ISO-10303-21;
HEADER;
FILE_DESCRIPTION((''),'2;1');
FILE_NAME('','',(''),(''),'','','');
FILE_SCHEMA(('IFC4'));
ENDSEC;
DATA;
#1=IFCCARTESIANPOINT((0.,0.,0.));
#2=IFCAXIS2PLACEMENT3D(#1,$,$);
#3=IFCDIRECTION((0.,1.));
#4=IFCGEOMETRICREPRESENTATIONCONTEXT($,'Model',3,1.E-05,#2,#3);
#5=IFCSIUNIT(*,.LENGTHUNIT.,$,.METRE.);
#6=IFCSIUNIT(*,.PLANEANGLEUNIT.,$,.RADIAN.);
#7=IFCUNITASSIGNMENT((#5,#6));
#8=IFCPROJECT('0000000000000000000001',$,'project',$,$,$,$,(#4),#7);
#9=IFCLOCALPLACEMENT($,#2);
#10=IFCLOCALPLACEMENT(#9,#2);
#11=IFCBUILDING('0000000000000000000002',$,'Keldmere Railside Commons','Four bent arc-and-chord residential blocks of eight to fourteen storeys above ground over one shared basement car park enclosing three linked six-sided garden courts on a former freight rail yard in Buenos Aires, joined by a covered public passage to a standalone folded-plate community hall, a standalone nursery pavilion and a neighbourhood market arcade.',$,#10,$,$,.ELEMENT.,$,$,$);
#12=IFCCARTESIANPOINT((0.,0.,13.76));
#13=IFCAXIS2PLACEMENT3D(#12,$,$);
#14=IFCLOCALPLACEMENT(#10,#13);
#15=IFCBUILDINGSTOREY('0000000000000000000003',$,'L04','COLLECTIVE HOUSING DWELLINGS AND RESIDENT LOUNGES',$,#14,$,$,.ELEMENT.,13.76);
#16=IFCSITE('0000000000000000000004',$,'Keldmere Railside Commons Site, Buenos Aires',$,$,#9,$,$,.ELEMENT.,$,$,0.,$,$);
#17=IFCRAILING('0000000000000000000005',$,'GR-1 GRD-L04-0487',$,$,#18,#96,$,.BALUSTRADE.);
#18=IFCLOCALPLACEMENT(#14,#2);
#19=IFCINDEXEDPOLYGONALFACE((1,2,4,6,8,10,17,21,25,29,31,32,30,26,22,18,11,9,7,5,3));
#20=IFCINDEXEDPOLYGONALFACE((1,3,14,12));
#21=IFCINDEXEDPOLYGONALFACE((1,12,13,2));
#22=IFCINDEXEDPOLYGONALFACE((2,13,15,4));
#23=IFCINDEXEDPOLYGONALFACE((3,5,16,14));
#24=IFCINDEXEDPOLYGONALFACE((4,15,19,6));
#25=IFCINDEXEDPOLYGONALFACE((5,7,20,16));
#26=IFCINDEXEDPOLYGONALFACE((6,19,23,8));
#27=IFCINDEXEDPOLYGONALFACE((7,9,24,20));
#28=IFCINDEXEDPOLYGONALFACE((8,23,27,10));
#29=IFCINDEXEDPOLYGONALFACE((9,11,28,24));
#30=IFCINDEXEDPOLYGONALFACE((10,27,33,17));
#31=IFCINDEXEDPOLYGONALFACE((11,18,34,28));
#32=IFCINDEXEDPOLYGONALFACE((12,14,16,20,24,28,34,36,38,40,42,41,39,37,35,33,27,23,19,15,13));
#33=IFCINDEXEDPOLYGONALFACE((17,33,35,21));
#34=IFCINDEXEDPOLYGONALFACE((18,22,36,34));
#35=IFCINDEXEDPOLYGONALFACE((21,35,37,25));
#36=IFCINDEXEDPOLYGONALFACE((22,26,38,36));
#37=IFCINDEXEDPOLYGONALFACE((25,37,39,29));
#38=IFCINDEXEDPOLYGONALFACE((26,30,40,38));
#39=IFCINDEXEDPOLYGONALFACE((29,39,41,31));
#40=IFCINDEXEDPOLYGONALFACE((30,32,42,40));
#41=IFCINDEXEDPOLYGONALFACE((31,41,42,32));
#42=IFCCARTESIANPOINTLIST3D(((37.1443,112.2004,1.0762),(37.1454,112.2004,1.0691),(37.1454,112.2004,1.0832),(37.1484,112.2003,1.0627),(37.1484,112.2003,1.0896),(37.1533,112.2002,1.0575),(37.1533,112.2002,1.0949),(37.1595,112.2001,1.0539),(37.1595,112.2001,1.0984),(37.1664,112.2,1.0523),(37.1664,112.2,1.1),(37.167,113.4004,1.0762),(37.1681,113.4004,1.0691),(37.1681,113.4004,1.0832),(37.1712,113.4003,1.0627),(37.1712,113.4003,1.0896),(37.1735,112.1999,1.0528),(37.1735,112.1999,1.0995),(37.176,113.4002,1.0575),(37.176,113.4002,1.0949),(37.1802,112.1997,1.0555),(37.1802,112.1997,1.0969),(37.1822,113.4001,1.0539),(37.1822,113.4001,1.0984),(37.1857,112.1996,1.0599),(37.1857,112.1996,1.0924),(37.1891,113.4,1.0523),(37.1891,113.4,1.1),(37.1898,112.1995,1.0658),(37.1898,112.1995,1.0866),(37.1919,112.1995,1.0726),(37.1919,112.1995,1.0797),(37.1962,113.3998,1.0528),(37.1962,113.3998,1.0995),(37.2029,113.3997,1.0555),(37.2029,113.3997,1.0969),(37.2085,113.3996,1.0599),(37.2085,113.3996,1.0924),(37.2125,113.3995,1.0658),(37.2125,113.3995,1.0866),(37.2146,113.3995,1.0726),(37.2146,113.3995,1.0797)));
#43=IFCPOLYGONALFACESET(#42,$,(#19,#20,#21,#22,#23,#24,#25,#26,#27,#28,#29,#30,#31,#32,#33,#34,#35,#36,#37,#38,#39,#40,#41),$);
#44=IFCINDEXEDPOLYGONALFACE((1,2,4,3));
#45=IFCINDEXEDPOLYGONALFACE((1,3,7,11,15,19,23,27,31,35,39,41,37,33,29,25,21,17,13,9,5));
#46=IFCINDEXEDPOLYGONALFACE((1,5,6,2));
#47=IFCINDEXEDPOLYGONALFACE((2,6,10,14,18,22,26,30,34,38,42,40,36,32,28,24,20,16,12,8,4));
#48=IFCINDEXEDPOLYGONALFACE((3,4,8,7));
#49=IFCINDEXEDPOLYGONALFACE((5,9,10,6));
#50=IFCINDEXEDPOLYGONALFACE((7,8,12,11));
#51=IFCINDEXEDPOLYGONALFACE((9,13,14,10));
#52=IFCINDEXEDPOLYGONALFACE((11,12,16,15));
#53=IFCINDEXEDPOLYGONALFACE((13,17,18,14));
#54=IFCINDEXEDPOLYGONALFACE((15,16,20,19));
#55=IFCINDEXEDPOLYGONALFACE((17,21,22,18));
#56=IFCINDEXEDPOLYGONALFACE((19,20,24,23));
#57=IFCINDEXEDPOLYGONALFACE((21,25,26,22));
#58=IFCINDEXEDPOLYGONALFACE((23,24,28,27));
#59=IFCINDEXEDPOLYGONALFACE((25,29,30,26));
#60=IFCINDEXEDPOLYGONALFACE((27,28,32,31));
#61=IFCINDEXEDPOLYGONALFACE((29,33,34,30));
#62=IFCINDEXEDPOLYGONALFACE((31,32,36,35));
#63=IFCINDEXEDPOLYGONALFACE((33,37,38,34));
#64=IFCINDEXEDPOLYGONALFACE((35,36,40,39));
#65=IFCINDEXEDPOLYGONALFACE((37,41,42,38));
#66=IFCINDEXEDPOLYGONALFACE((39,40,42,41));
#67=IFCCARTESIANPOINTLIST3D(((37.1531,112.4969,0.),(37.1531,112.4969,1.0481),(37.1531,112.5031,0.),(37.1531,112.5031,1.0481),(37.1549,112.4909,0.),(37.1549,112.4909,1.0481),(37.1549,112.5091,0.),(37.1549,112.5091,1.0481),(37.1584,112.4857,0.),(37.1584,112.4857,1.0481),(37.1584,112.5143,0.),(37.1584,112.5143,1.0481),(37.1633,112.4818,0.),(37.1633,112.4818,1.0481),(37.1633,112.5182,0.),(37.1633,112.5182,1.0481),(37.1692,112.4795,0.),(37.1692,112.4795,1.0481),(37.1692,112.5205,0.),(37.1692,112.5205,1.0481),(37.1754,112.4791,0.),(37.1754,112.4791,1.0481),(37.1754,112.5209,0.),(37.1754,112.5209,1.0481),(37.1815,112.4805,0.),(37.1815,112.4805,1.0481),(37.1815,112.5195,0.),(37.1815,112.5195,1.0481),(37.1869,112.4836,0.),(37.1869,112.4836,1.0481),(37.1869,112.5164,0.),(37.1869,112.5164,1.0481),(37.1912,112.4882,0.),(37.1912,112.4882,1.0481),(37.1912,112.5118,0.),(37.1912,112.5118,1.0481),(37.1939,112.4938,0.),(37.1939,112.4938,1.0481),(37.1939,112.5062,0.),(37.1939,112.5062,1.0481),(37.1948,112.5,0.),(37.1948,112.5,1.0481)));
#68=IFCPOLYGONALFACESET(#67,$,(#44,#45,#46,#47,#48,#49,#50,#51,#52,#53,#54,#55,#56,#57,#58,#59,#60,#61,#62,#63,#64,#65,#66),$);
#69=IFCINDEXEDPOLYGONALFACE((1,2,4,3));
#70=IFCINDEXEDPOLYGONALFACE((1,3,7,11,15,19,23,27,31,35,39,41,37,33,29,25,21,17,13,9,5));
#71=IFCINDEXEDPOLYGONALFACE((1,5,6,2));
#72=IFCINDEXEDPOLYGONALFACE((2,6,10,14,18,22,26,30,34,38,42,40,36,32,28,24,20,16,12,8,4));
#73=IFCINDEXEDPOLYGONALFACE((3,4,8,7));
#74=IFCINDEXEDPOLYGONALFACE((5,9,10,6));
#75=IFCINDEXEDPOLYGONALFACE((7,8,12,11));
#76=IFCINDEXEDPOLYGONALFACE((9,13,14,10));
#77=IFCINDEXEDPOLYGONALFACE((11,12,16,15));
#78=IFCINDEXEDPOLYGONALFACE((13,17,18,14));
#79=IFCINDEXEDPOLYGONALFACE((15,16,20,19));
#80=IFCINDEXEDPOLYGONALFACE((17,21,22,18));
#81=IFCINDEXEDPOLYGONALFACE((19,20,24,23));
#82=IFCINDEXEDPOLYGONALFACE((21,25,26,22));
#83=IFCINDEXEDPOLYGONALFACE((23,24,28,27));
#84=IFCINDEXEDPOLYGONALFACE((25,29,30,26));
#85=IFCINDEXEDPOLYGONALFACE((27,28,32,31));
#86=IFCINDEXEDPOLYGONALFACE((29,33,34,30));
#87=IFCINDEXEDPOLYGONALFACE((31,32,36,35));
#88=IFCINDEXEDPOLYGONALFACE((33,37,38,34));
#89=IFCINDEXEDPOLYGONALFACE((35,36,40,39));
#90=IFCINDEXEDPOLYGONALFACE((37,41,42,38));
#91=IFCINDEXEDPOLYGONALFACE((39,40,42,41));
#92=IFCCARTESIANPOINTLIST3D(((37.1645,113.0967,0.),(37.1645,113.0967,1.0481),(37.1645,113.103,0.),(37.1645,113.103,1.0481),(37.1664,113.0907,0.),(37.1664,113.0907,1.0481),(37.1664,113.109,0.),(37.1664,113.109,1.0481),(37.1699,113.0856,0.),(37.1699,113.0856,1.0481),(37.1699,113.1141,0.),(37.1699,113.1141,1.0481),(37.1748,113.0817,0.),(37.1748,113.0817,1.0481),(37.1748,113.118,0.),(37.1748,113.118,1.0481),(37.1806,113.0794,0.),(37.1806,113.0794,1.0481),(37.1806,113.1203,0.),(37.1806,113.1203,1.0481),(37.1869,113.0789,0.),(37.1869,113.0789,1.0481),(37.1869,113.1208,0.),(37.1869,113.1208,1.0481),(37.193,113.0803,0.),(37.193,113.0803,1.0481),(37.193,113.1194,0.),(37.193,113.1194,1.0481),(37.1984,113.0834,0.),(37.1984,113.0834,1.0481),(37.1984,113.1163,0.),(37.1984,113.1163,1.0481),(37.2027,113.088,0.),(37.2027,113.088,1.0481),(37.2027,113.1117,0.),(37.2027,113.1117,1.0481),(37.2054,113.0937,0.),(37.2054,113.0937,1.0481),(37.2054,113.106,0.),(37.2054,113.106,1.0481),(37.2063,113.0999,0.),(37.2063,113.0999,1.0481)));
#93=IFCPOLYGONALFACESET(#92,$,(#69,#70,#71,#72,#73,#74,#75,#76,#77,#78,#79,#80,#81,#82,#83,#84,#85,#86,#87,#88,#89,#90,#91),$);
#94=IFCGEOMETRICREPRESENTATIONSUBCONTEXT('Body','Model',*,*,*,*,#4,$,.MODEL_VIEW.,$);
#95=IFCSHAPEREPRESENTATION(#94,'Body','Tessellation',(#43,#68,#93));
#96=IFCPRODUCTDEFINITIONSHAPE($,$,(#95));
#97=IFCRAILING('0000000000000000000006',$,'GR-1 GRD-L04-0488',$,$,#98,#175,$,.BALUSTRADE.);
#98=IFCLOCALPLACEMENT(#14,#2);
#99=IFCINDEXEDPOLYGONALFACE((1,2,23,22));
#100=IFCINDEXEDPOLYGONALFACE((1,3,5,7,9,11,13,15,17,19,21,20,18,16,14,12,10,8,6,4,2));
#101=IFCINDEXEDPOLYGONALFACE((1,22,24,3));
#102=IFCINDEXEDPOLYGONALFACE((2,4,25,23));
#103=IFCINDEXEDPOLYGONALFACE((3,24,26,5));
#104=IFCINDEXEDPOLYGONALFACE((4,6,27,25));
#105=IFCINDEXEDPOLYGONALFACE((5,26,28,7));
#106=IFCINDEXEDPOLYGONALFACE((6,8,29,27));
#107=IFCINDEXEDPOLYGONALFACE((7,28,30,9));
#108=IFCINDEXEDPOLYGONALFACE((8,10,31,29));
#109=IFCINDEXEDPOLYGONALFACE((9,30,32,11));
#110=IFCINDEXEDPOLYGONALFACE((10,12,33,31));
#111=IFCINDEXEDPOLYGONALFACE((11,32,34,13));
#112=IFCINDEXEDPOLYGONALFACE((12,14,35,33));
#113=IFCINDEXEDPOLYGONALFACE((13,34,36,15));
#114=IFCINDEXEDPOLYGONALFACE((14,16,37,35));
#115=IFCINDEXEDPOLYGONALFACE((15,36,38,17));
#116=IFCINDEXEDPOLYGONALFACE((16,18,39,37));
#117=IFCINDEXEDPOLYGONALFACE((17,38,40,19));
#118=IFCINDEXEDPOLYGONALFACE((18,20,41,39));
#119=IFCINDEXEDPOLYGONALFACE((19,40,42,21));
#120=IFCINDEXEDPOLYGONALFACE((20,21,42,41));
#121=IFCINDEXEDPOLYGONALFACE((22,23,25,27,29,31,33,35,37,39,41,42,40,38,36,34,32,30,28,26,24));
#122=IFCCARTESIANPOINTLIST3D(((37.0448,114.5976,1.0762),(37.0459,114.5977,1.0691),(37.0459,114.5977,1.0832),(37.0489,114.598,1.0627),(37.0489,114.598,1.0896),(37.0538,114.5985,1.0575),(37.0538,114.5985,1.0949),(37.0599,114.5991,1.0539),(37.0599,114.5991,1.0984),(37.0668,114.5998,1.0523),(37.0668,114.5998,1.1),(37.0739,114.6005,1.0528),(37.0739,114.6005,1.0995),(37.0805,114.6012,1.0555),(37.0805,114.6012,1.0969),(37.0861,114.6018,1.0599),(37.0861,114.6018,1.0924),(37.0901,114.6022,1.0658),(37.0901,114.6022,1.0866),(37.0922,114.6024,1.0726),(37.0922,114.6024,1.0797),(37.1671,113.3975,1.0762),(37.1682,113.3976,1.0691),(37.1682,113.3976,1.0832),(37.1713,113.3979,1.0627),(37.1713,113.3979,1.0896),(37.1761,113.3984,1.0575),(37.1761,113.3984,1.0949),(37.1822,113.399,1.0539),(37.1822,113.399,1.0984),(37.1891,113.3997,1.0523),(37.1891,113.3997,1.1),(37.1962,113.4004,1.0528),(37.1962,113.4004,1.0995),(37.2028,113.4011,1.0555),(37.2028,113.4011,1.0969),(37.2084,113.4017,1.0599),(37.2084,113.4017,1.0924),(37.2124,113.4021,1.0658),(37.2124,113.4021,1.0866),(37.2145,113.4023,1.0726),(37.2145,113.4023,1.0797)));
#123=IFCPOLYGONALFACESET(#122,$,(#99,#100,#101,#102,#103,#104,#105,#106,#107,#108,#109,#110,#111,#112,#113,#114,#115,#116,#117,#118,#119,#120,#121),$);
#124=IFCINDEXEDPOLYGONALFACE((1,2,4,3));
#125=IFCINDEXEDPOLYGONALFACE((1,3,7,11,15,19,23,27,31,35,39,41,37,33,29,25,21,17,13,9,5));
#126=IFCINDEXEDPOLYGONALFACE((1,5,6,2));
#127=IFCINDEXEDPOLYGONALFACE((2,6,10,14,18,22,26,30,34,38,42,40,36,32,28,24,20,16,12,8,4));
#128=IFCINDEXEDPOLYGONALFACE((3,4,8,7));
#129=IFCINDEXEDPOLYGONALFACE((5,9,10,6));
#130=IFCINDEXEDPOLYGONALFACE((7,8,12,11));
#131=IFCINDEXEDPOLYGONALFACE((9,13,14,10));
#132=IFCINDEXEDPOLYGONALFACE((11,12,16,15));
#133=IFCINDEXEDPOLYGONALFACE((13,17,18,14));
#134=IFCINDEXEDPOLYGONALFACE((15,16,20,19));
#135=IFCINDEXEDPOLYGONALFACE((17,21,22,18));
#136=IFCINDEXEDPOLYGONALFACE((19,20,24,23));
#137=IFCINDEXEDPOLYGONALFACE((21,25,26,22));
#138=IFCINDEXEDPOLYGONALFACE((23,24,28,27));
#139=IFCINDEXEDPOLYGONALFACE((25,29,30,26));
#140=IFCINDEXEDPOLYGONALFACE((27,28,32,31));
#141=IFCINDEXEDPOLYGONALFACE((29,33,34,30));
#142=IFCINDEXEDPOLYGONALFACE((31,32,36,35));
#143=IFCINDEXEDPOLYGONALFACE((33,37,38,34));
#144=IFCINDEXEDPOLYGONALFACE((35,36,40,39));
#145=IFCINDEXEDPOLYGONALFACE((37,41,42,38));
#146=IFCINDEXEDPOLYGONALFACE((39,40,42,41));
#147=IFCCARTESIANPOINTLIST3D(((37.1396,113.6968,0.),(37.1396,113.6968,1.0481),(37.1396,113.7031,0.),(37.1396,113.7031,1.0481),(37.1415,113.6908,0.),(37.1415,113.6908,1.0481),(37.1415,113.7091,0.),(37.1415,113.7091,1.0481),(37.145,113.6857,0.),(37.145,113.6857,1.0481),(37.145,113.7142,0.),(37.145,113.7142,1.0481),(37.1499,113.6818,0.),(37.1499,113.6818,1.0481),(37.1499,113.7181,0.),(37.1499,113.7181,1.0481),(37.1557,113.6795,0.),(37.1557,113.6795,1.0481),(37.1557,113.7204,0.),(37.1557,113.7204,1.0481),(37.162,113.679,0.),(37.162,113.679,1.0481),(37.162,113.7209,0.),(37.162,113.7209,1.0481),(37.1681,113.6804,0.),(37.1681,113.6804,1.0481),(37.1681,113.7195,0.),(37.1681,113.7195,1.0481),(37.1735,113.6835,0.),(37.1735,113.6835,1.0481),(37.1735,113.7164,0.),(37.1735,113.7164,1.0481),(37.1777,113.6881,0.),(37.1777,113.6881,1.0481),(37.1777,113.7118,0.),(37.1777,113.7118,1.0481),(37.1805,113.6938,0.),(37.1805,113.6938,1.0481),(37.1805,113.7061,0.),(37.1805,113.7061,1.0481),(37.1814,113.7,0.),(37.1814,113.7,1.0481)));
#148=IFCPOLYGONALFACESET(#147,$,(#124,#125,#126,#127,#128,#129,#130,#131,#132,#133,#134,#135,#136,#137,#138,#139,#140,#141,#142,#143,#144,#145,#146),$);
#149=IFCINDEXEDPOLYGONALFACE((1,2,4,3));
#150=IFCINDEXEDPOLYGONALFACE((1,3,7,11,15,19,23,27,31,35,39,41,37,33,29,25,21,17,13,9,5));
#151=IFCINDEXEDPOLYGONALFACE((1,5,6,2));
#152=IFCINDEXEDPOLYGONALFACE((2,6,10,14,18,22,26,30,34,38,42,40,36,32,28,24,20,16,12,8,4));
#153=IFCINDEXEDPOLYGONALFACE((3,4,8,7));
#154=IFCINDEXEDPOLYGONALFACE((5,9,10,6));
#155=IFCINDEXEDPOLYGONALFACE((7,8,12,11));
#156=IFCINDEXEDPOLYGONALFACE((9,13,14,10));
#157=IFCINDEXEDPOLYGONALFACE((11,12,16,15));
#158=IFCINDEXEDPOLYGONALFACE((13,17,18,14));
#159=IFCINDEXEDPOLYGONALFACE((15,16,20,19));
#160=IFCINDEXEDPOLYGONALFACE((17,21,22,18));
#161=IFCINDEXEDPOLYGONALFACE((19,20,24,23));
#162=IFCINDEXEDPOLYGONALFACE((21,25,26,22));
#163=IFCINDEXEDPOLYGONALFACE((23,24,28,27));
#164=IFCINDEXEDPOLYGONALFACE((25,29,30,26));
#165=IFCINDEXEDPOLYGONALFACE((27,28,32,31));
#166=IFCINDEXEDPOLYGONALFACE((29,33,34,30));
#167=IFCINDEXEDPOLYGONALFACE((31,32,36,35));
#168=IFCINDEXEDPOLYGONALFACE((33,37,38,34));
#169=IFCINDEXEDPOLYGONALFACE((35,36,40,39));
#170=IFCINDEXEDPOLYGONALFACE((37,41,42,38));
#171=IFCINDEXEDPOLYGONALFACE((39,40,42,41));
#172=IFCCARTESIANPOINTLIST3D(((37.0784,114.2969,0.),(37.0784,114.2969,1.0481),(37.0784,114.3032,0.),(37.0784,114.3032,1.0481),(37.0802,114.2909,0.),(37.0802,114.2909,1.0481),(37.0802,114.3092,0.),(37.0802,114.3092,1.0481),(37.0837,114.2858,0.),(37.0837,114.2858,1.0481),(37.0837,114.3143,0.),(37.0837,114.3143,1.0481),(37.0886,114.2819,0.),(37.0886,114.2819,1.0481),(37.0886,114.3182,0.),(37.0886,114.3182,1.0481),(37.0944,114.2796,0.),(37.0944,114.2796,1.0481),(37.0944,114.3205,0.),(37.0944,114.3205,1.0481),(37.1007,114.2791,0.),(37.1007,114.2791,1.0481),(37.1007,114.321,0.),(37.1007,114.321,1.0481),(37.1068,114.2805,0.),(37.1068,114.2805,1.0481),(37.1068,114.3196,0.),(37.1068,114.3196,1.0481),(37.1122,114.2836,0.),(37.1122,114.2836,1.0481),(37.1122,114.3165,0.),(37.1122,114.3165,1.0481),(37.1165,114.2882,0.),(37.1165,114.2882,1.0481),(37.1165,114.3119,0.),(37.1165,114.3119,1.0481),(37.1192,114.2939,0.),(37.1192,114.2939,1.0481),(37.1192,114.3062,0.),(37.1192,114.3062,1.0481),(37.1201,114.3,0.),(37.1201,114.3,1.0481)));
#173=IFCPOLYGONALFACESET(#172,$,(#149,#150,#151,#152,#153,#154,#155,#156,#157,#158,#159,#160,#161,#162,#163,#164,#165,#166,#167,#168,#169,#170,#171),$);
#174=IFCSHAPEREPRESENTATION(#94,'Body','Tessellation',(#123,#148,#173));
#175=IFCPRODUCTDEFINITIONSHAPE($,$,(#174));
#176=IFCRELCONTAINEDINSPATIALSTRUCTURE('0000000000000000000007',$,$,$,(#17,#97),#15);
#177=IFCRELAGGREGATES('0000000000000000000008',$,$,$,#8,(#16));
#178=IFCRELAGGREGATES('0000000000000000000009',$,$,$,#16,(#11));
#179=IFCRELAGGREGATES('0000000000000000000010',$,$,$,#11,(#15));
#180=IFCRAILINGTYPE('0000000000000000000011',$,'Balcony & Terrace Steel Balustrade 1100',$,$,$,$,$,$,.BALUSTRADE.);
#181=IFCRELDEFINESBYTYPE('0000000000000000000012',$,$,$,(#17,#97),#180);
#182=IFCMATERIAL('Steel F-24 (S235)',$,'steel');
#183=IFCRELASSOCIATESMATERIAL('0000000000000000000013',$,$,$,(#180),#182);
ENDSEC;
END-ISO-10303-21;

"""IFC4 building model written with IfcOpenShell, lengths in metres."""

from ifc_helpers import new_model, si_unit, direction, frame, origin, origin_2d, place, context, subcontext, project, spatial, circle, extrude, material, type_object, element, save


model = new_model("IFC4")

# Units and contexts
model_context = context("Model", 3, precision=1e-05, world=origin(), true_north=direction((0.0, 1.0)))
body_context = subcontext(model_context, "Body", "Model", "MODEL_VIEW")
ifc_project = project(units=[si_unit("LENGTHUNIT", "METRE"), si_unit("PLANEANGLEUNIT", "RADIAN")], contexts=[model_context])

# Site, building, storey
site_placement = place(None, origin())
site = spatial("IfcSite", under=ifc_project, at=site_placement, Name="Keldmere Railside Commons Site, Buenos Aires", CompositionType="ELEMENT", RefElevation=0.0)
building_placement = place(site_placement, origin())
building = spatial("IfcBuilding", under=site, at=building_placement, Name="Keldmere Railside Commons", Description="Four bent arc-and-chord residential blocks of eight to fourteen storeys above ground over one shared basement car park enclosing three linked six-sided garden courts on a former freight rail yard in Buenos Aires, joined by a covered public passage to a standalone folded-plate community hall, a standalone nursery pavilion and a neighbourhood market arcade.", CompositionType="ELEMENT")
storey_placement = place(building_placement, frame((0.0, 0.0, 13.76)))
storey = spatial("IfcBuildingStorey", under=building, at=storey_placement, Name="L04", Description="COLLECTIVE HOUSING DWELLINGS AND RESIDENT LOUNGES", CompositionType="ELEMENT", Elevation=13.76)

# Railings
ifc_material_1 = material(Name="Steel F-24 (S235)", Category="steel")
railing_type = type_object("IfcRailingType", Name="Balcony & Terrace Steel Balustrade 1100", PredefinedType="BALUSTRADE", material=ifc_material_1)
railing_1_placement = place(storey_placement, frame((37.1682, 112.2, 0.0)))
element("IfcRailing", 1, at=railing_1_placement, inside=storey, type_object=railing_type, Name="GR-1 GRD-L04-0487", PredefinedType="BALUSTRADE", context=body_context, shape_type="SweptSolid", body=[
    extrude(circle(Radius=0.0239, at=origin_2d()), frame((0.0, 0.0, 1.0762), z_axis=(0.018918, 0.999821, 0.0), x_axis=(-0.999821, 0.018918, 0.0)), (0.0, 0.0, 1.0), 1.2002),
    extrude(circle(Radius=0.021, at=origin_2d()), frame((0.0056, 0.3, 0.0)), (0.0, 0.0, 1.0), 1.0481),
    extrude(circle(Radius=0.021, at=origin_2d()), frame((0.0171, 0.8999, 0.0)), (0.0, 0.0, 1.0), 1.0481),
])
railing_2_placement = place(storey_placement, frame((37.1909, 113.3999, 0.0)))
element("IfcRailing", 2, at=railing_2_placement, inside=storey, type_object=railing_type, Name="GR-1 GRD-L04-0488", PredefinedType="BALUSTRADE", context=body_context, shape_type="SweptSolid", body=[
    extrude(circle(Radius=0.0239, at=origin_2d()), frame((0.0, 0.0, 1.0762), z_axis=(-0.101387, 0.994847, 0.0), x_axis=(-0.994847, -0.101387, 0.0)), (0.0, 0.0, 1.0), 1.2063),
    extrude(circle(Radius=0.021, at=origin_2d()), frame((-0.0305, 0.3, 0.0)), (0.0, 0.0, 1.0), 1.0481),
    extrude(circle(Radius=0.021, at=origin_2d()), frame((-0.0918, 0.9001, 0.0)), (0.0, 0.0, 1.0), 1.0481),
])

save(model, "model.ifc")
